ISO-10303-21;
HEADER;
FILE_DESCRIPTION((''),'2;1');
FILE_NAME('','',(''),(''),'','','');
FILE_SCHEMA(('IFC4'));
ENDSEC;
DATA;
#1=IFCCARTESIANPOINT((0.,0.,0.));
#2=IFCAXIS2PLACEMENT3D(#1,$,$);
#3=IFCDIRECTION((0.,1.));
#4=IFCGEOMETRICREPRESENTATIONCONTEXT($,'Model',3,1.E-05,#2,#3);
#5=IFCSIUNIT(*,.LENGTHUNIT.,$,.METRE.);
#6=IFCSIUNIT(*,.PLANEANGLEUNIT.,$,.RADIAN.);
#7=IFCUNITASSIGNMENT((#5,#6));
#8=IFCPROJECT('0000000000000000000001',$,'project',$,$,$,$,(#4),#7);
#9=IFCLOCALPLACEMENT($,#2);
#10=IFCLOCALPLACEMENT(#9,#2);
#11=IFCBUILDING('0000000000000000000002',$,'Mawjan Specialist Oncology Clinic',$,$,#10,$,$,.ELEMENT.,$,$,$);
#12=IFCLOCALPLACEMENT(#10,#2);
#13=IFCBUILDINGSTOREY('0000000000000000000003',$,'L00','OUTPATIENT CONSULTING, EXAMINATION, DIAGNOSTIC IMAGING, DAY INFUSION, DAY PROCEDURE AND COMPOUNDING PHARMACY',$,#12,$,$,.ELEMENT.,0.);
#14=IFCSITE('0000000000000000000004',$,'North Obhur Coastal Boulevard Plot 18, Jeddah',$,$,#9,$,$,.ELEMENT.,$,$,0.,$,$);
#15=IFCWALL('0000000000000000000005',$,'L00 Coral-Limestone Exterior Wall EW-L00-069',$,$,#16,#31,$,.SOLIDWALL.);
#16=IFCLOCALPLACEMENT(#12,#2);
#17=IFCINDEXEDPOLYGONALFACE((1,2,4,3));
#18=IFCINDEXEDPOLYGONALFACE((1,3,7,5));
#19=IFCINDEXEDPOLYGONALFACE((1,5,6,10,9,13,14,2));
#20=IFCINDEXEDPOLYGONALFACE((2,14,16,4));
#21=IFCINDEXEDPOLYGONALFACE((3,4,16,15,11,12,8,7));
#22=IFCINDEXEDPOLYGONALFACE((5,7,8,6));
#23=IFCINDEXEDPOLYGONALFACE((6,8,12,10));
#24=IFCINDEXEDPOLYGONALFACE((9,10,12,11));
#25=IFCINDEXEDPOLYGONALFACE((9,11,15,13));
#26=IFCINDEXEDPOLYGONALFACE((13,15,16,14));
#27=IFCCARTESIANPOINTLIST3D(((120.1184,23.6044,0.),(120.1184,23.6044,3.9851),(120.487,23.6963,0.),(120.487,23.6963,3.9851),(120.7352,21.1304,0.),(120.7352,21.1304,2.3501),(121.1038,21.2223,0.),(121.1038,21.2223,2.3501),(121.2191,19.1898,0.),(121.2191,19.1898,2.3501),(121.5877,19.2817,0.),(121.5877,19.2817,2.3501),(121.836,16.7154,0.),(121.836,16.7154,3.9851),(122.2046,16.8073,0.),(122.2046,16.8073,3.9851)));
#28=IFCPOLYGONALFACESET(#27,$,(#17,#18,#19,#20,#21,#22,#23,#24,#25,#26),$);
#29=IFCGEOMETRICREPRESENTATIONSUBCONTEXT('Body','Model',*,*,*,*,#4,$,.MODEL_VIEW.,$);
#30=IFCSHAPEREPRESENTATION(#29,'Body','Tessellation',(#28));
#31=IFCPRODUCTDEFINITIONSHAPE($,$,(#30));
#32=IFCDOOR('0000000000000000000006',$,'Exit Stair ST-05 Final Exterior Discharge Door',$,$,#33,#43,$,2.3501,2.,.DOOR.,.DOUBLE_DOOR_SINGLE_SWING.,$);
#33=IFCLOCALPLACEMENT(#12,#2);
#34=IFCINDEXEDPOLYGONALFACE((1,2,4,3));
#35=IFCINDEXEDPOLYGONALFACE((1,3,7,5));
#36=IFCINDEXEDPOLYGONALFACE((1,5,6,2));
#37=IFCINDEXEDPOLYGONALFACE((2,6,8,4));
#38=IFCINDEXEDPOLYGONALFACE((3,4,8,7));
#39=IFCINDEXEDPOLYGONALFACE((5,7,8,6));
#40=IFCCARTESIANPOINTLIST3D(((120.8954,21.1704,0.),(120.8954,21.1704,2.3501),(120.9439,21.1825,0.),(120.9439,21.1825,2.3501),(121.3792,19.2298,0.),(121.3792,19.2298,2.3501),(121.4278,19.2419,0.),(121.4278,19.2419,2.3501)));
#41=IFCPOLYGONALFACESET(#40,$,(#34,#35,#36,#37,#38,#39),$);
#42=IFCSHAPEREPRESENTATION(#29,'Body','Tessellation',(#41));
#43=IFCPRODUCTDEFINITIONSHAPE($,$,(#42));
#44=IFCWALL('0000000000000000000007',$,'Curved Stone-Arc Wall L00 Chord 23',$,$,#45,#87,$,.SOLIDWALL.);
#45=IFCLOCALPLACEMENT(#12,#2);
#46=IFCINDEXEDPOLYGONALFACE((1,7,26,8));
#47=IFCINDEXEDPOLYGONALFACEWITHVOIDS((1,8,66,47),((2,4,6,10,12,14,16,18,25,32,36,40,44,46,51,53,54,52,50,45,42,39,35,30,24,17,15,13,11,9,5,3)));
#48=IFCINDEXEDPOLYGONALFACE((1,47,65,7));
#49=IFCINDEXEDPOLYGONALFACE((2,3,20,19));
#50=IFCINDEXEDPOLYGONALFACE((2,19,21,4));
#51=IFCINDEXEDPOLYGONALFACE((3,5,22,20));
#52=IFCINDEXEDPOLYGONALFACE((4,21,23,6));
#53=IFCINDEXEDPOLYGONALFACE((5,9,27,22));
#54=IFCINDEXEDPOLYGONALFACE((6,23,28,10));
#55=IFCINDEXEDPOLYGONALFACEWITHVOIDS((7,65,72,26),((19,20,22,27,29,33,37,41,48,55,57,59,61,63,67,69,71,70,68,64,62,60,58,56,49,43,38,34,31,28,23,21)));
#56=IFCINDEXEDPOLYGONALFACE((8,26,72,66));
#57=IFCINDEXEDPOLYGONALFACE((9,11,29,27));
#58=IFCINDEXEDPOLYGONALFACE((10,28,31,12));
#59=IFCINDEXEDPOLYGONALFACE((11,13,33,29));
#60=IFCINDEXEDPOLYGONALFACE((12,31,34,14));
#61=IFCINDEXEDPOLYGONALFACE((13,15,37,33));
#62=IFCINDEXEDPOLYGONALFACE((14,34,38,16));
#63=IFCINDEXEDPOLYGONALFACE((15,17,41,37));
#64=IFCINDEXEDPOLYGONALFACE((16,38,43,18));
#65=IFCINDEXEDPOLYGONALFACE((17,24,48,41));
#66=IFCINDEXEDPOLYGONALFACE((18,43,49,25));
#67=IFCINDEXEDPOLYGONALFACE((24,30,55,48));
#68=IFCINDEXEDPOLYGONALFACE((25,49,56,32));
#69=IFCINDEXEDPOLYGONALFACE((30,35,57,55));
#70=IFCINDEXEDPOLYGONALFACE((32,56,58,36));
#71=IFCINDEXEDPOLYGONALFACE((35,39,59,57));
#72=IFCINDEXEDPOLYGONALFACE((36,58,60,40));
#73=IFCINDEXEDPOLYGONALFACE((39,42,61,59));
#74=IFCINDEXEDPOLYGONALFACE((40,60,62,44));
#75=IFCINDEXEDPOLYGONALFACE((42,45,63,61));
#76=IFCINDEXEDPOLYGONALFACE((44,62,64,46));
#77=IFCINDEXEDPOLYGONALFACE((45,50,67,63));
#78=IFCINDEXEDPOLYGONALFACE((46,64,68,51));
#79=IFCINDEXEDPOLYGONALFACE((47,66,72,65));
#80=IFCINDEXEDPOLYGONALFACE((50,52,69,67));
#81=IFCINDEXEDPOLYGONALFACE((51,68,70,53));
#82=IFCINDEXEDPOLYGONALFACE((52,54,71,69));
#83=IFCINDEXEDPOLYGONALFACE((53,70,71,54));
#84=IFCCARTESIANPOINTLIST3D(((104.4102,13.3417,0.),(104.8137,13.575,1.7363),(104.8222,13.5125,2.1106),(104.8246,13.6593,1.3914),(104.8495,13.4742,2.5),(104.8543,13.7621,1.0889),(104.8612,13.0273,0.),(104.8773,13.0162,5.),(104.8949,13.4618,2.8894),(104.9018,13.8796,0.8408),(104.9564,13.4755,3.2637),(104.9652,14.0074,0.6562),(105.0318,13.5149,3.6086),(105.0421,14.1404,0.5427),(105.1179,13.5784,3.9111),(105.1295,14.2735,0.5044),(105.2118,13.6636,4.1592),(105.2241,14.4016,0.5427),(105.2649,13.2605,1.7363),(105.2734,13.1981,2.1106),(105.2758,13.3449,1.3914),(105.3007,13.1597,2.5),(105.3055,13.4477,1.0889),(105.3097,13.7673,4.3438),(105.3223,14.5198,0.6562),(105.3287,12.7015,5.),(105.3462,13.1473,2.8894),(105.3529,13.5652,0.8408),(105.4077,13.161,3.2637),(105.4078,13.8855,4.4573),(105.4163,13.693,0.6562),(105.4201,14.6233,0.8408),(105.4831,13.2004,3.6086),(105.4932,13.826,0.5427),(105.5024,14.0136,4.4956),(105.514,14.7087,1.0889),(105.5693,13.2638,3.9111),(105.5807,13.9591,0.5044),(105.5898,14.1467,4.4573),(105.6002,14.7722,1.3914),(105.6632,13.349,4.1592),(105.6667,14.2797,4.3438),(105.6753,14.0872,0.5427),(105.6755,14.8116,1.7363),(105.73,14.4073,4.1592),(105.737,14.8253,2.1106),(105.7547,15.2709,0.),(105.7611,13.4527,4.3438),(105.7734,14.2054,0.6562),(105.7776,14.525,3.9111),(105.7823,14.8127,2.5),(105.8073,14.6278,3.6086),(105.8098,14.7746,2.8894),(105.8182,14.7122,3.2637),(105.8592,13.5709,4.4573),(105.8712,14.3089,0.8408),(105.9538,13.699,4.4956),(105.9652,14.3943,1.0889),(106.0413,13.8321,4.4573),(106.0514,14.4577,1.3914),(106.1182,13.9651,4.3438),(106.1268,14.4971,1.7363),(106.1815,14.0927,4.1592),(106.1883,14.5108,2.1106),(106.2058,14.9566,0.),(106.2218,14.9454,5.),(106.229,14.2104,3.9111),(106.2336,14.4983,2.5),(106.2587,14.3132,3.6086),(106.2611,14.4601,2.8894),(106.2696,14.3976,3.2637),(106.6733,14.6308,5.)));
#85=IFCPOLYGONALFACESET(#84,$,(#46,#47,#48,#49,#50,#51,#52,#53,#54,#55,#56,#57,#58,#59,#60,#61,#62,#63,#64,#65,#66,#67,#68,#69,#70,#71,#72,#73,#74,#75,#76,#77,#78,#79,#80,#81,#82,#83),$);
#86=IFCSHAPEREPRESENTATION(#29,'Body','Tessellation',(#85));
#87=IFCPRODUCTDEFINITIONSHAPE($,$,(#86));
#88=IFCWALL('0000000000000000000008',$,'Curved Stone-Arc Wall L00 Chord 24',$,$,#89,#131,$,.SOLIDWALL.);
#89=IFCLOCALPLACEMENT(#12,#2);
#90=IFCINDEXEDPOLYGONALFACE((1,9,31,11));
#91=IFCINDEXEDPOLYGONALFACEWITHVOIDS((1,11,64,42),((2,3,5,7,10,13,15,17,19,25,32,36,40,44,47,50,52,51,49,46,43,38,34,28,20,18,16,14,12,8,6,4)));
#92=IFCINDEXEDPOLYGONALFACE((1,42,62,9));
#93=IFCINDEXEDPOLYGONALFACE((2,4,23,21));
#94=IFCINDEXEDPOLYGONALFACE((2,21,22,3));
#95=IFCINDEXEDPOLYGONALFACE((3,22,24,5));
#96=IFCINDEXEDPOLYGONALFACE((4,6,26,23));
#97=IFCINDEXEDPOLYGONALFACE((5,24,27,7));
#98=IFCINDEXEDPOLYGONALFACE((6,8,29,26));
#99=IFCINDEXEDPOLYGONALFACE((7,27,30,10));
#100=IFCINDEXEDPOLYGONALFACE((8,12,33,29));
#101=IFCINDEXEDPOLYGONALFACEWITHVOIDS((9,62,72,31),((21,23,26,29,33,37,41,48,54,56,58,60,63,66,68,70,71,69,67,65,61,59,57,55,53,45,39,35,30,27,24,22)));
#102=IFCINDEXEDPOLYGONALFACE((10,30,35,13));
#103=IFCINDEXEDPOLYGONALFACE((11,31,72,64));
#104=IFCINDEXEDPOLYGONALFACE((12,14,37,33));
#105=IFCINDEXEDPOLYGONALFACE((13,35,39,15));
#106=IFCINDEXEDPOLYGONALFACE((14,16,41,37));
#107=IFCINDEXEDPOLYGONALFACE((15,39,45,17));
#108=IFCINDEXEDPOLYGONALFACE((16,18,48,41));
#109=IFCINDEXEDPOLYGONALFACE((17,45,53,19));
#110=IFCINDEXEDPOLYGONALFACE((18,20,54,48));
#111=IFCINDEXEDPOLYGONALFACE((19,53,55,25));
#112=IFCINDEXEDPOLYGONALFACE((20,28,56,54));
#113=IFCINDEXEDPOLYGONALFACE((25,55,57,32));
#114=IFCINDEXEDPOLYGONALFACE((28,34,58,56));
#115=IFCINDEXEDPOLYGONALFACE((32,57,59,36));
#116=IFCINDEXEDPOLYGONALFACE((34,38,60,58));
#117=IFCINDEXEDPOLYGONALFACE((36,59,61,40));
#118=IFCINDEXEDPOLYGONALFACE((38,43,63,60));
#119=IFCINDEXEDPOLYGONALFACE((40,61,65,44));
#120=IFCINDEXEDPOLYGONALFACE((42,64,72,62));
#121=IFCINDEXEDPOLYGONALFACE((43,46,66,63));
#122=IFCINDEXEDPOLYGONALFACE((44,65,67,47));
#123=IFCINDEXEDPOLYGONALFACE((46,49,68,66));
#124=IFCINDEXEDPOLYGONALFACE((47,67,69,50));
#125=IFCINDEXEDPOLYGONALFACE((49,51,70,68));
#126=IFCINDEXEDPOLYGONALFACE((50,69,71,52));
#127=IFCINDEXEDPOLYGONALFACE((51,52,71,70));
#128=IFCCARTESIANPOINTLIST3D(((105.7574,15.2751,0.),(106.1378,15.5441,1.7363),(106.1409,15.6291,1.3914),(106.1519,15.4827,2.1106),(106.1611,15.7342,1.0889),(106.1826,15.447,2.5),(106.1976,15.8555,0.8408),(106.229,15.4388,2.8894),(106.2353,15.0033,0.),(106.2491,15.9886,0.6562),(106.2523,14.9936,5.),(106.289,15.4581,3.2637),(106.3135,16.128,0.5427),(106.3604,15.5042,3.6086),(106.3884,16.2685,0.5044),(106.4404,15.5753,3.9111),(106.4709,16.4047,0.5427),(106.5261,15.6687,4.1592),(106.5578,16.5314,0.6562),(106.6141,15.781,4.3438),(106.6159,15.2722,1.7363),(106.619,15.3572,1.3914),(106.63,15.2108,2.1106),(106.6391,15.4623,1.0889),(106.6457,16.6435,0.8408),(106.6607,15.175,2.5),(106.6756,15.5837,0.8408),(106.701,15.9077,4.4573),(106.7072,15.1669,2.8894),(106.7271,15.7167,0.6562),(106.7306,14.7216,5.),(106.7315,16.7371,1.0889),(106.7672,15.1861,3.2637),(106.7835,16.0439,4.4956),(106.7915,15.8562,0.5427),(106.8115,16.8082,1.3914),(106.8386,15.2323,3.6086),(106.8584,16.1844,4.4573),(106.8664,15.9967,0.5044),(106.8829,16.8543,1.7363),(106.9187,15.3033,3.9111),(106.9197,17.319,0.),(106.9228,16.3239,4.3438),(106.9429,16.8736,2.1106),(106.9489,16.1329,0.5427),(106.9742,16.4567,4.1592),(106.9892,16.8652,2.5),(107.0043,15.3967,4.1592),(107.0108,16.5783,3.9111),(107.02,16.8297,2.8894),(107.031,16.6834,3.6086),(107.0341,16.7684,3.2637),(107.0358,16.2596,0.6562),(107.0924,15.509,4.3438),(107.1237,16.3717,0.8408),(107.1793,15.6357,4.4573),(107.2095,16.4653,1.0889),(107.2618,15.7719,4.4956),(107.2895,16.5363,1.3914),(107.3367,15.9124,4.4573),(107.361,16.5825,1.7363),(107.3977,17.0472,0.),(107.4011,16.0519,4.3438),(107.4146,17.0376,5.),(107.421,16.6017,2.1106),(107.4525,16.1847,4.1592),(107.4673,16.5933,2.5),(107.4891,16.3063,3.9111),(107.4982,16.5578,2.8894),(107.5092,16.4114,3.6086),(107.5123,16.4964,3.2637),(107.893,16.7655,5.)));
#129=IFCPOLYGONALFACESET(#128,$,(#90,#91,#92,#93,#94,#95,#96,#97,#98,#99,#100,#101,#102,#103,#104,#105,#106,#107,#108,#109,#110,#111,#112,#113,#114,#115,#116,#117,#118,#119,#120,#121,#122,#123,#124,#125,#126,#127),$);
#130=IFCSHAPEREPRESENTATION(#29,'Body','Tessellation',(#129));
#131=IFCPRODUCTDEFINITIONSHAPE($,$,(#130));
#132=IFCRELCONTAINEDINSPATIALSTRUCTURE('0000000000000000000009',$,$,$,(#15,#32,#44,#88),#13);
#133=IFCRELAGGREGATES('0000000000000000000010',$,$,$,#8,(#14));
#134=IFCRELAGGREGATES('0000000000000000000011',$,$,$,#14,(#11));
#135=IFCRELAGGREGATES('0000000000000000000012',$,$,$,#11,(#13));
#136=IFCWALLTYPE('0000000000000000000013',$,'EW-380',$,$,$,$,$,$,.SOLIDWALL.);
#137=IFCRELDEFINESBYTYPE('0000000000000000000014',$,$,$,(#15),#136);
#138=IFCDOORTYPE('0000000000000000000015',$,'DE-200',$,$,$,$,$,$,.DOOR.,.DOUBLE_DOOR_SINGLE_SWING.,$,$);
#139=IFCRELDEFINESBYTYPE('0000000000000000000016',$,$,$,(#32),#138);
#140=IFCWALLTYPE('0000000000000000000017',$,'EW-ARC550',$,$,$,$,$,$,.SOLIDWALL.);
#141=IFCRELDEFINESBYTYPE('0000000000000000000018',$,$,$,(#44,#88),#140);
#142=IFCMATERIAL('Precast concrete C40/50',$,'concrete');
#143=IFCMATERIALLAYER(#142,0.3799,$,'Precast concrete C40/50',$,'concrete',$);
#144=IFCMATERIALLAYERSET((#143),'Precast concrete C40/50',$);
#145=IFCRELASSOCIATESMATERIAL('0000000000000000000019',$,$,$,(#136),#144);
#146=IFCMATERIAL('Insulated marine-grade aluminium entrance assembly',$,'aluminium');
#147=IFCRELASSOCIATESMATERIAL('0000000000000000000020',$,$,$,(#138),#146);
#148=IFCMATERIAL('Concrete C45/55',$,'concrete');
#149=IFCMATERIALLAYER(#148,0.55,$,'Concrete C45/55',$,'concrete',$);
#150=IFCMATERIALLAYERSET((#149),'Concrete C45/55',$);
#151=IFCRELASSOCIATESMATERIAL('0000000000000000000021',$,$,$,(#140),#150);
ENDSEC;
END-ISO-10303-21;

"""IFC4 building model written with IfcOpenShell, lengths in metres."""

from ifc_helpers import new_model, si_unit, direction, frame, frame_2d, origin, place, context, subcontext, project, spatial, polyline, rectangle, outline, extrude, material, layer, layer_set, type_object, element, fill, save


model = new_model("IFC4")

# Units and contexts
model_context = context("Model", 3, precision=1e-05, world=origin(), true_north=direction((0.0, 1.0)))
body_context = subcontext(model_context, "Body", "Model", "MODEL_VIEW")
ifc_project = project(units=[si_unit("LENGTHUNIT", "METRE"), si_unit("PLANEANGLEUNIT", "RADIAN")], contexts=[model_context])

# Site, building, storey
site_placement = place(None, origin())
site = spatial("IfcSite", under=ifc_project, at=site_placement, Name="North Obhur Coastal Boulevard Plot 18, Jeddah", CompositionType="ELEMENT", RefElevation=0.0)
building_placement = place(site_placement, origin())
building = spatial("IfcBuilding", under=site, at=building_placement, Name="Mawjan Specialist Oncology Clinic", CompositionType="ELEMENT")
storey_placement = place(building_placement, origin())
storey = spatial("IfcBuildingStorey", under=building, at=storey_placement, Name="L00", Description="OUTPATIENT CONSULTING, EXAMINATION, DIAGNOSTIC IMAGING, DAY INFUSION, DAY PROCEDURE AND COMPOUNDING PHARMACY", CompositionType="ELEMENT", Elevation=0.0)

# Wall, opening, door
ifc_material_1 = material(Name="Precast concrete C40/50", Category="concrete")
ifc_layer_1 = layer(ifc_material_1, 0.3799, Name="Precast concrete C40/50", Category="concrete")
ifc_layer_set_1 = layer_set([ifc_layer_1], Name="Precast concrete C40/50")
wall_type_1 = type_object("IfcWallType", Name="EW-380", PredefinedType="SOLIDWALL", material=ifc_layer_set_1)
wall_1_placement = place(storey_placement, frame((122.0203, 16.7615, 0.0), z_axis=(0.0, 0.0, 1.0), x_axis=(-0.241913, 0.970298, 0.0)))
wall_1 = element("IfcWall", 1, at=wall_1_placement, inside=storey, type_object=wall_type_1, Name="L00 Coral-Limestone Exterior Wall EW-L00-069", PredefinedType="SOLIDWALL", context=body_context, shape_type="SweptSolid", body=[
    extrude(rectangle(XDim=7.0999, YDim=0.3799, at=frame_2d((3.5498, 0.0))), origin(), (0.0, 0.0, 1.0), 3.9851),
])
opening_1_placement = place(wall_1_placement, frame((2.55, 0.0, 0.0)))
opening_1 = element("IfcOpeningElement", 2, at=opening_1_placement, cuts=wall_1, PredefinedType="OPENING", context=body_context, shape_type="SweptSolid", body=[
    extrude(rectangle(XDim=2.0, YDim=2.3501, at=frame_2d((1.0, 1.175))), frame((0.0, 0.2019, 0.0), z_axis=(0.0, -1.0, 0.0), x_axis=(1.0, 0.0, 0.0)), (0.0, 0.0, 1.0), 0.4038),
])
ifc_material_2 = material(Name="Insulated marine-grade aluminium entrance assembly", Category="aluminium")
door_type = type_object("IfcDoorType", Name="DE-200", OperationType="DOUBLE_DOOR_SINGLE_SWING", PredefinedType="DOOR", material=ifc_material_2)
door_placement = place(opening_1_placement, origin())
door = element("IfcDoor", 3, at=door_placement, inside=storey, type_object=door_type, Name="Exit Stair ST-05 Final Exterior Discharge Door", OperationType="DOUBLE_DOOR_SINGLE_SWING", OverallHeight=2.3501, OverallWidth=2.0, PredefinedType="DOOR", context=body_context, shape_type="SweptSolid", body=[
    extrude(rectangle(XDim=2.0, YDim=2.3501, at=frame_2d((1.0, 1.175))), frame((0.0, 0.0249, 0.0), z_axis=(0.0, -1.0, 0.0), x_axis=(1.0, 0.0, 0.0)), (0.0, 0.0, 1.0), 0.05),
])
fill(opening_1, door)

# Walls, openings
ifc_material_3 = material(Name="Concrete C45/55", Category="concrete")
ifc_layer_2 = layer(ifc_material_3, 0.55, Name="Concrete C45/55", Category="concrete")
ifc_layer_set_2 = layer_set([ifc_layer_2], Name="Concrete C45/55")
wall_type_2 = type_object("IfcWallType", Name="EW-ARC550", PredefinedType="SOLIDWALL", material=ifc_layer_set_2)
wall_2_placement = place(storey_placement, frame((105.9802, 15.1138, 0.0), z_axis=(0.0, 0.0, 1.0), x_axis=(-0.571761, -0.82042, 0.0)))
wall_2 = element("IfcWall", 4, at=wall_2_placement, inside=storey, type_object=wall_type_2, Name="Curved Stone-Arc Wall L00 Chord 23", PredefinedType="SOLIDWALL", context=body_context, shape_type="SweptSolid", body=[
    extrude(outline(polyline([(-0.2749, 0.0), (0.2749, 0.0), (0.8447, 5.0), (0.2944, 5.0), (-0.2749, 0.0)])), frame((0.0, 0.0, 0.0), z_axis=(1.0, 0.0, 0.0), x_axis=(0.0, 1.0, 0.0)), (0.0, 0.0, 1.0), 2.3516),
])
opening_2_placement = place(wall_2_placement, origin())
element("IfcOpeningElement", 5, at=opening_2_placement, cuts=wall_2, PredefinedType="OPENING", context=body_context, shape_type="SweptSolid", body=[
    extrude(outline(polyline([(1.9917, 2.5), (1.9758, 2.8894), (1.9294, 3.2637), (1.854, 3.6086), (1.7527, 3.9111), (1.6292, 4.1592), (1.488, 4.3438), (1.335, 4.4573), (1.1758, 4.4956), (1.0166, 4.4573), (0.8635, 4.3438), (0.7227, 4.1592), (0.5989, 3.9111), (0.4976, 3.6086), (0.4221, 3.2637), (0.3757, 2.8894), (0.3601, 2.5), (0.3757, 2.1106), (0.4221, 1.7363), (0.4976, 1.3914), (0.5989, 1.0889), (0.7227, 0.8408), (0.8635, 0.6562), (1.0166, 0.5427), (1.1758, 0.5044), (1.335, 0.5427), (1.488, 0.6562), (1.6292, 0.8408), (1.7527, 1.0889), (1.854, 1.3914), (1.9294, 1.7363), (1.9758, 2.1106), (1.9917, 2.5)])), frame((0.0, 0.8645, 0.0), z_axis=(0.0, -1.0, 0.0), x_axis=(1.0, 0.0, 0.0)), (0.0, 0.0, 1.0), 1.1597),
])
wall_3_placement = place(storey_placement, frame((107.1587, 17.1831, 0.0), z_axis=(0.0, 0.0, 1.0), x_axis=(-0.494338, -0.86927, 0.0)))
wall_3 = element("IfcWall", 6, at=wall_3_placement, inside=storey, type_object=wall_type_2, Name="Curved Stone-Arc Wall L00 Chord 24", PredefinedType="SOLIDWALL", context=body_context, shape_type="SweptSolid", body=[
    extrude(outline(polyline([(-0.2749, 0.0), (0.2749, 0.0), (0.8447, 5.0), (0.2944, 5.0), (-0.2749, 0.0)])), frame((0.0, 0.0, 0.0), z_axis=(1.0, 0.0, 0.0), x_axis=(0.0, 1.0, 0.0)), (0.0, 0.0, 1.0), 2.3513),
])
opening_3_placement = place(wall_3_placement, origin())
element("IfcOpeningElement", 7, at=opening_3_placement, cuts=wall_3, PredefinedType="OPENING", context=body_context, shape_type="SweptSolid", body=[
    extrude(outline(polyline([(1.9917, 2.5), (1.9758, 2.8894), (1.9294, 3.2637), (1.854, 3.6086), (1.7527, 3.9111), (1.6292, 4.1592), (1.488, 4.3438), (1.335, 4.4573), (1.1758, 4.4956), (1.0166, 4.4573), (0.8635, 4.3438), (0.7227, 4.1592), (0.5989, 3.9111), (0.4976, 3.6086), (0.4221, 3.2637), (0.3757, 2.8894), (0.3601, 2.5), (0.3757, 2.1106), (0.4221, 1.7363), (0.4976, 1.3914), (0.5989, 1.0889), (0.7227, 0.8408), (0.8635, 0.6562), (1.0166, 0.5427), (1.1758, 0.5044), (1.335, 0.5427), (1.488, 0.6562), (1.6292, 0.8408), (1.7527, 1.0889), (1.854, 1.3914), (1.9294, 1.7363), (1.9758, 2.1106), (1.9917, 2.5)])), frame((0.0, 0.8645, 0.0), z_axis=(0.0, -1.0, 0.0), x_axis=(1.0, 0.0, 0.0)), (0.0, 0.0, 1.0), 1.1597),
])

save(model, "model.ifc")
